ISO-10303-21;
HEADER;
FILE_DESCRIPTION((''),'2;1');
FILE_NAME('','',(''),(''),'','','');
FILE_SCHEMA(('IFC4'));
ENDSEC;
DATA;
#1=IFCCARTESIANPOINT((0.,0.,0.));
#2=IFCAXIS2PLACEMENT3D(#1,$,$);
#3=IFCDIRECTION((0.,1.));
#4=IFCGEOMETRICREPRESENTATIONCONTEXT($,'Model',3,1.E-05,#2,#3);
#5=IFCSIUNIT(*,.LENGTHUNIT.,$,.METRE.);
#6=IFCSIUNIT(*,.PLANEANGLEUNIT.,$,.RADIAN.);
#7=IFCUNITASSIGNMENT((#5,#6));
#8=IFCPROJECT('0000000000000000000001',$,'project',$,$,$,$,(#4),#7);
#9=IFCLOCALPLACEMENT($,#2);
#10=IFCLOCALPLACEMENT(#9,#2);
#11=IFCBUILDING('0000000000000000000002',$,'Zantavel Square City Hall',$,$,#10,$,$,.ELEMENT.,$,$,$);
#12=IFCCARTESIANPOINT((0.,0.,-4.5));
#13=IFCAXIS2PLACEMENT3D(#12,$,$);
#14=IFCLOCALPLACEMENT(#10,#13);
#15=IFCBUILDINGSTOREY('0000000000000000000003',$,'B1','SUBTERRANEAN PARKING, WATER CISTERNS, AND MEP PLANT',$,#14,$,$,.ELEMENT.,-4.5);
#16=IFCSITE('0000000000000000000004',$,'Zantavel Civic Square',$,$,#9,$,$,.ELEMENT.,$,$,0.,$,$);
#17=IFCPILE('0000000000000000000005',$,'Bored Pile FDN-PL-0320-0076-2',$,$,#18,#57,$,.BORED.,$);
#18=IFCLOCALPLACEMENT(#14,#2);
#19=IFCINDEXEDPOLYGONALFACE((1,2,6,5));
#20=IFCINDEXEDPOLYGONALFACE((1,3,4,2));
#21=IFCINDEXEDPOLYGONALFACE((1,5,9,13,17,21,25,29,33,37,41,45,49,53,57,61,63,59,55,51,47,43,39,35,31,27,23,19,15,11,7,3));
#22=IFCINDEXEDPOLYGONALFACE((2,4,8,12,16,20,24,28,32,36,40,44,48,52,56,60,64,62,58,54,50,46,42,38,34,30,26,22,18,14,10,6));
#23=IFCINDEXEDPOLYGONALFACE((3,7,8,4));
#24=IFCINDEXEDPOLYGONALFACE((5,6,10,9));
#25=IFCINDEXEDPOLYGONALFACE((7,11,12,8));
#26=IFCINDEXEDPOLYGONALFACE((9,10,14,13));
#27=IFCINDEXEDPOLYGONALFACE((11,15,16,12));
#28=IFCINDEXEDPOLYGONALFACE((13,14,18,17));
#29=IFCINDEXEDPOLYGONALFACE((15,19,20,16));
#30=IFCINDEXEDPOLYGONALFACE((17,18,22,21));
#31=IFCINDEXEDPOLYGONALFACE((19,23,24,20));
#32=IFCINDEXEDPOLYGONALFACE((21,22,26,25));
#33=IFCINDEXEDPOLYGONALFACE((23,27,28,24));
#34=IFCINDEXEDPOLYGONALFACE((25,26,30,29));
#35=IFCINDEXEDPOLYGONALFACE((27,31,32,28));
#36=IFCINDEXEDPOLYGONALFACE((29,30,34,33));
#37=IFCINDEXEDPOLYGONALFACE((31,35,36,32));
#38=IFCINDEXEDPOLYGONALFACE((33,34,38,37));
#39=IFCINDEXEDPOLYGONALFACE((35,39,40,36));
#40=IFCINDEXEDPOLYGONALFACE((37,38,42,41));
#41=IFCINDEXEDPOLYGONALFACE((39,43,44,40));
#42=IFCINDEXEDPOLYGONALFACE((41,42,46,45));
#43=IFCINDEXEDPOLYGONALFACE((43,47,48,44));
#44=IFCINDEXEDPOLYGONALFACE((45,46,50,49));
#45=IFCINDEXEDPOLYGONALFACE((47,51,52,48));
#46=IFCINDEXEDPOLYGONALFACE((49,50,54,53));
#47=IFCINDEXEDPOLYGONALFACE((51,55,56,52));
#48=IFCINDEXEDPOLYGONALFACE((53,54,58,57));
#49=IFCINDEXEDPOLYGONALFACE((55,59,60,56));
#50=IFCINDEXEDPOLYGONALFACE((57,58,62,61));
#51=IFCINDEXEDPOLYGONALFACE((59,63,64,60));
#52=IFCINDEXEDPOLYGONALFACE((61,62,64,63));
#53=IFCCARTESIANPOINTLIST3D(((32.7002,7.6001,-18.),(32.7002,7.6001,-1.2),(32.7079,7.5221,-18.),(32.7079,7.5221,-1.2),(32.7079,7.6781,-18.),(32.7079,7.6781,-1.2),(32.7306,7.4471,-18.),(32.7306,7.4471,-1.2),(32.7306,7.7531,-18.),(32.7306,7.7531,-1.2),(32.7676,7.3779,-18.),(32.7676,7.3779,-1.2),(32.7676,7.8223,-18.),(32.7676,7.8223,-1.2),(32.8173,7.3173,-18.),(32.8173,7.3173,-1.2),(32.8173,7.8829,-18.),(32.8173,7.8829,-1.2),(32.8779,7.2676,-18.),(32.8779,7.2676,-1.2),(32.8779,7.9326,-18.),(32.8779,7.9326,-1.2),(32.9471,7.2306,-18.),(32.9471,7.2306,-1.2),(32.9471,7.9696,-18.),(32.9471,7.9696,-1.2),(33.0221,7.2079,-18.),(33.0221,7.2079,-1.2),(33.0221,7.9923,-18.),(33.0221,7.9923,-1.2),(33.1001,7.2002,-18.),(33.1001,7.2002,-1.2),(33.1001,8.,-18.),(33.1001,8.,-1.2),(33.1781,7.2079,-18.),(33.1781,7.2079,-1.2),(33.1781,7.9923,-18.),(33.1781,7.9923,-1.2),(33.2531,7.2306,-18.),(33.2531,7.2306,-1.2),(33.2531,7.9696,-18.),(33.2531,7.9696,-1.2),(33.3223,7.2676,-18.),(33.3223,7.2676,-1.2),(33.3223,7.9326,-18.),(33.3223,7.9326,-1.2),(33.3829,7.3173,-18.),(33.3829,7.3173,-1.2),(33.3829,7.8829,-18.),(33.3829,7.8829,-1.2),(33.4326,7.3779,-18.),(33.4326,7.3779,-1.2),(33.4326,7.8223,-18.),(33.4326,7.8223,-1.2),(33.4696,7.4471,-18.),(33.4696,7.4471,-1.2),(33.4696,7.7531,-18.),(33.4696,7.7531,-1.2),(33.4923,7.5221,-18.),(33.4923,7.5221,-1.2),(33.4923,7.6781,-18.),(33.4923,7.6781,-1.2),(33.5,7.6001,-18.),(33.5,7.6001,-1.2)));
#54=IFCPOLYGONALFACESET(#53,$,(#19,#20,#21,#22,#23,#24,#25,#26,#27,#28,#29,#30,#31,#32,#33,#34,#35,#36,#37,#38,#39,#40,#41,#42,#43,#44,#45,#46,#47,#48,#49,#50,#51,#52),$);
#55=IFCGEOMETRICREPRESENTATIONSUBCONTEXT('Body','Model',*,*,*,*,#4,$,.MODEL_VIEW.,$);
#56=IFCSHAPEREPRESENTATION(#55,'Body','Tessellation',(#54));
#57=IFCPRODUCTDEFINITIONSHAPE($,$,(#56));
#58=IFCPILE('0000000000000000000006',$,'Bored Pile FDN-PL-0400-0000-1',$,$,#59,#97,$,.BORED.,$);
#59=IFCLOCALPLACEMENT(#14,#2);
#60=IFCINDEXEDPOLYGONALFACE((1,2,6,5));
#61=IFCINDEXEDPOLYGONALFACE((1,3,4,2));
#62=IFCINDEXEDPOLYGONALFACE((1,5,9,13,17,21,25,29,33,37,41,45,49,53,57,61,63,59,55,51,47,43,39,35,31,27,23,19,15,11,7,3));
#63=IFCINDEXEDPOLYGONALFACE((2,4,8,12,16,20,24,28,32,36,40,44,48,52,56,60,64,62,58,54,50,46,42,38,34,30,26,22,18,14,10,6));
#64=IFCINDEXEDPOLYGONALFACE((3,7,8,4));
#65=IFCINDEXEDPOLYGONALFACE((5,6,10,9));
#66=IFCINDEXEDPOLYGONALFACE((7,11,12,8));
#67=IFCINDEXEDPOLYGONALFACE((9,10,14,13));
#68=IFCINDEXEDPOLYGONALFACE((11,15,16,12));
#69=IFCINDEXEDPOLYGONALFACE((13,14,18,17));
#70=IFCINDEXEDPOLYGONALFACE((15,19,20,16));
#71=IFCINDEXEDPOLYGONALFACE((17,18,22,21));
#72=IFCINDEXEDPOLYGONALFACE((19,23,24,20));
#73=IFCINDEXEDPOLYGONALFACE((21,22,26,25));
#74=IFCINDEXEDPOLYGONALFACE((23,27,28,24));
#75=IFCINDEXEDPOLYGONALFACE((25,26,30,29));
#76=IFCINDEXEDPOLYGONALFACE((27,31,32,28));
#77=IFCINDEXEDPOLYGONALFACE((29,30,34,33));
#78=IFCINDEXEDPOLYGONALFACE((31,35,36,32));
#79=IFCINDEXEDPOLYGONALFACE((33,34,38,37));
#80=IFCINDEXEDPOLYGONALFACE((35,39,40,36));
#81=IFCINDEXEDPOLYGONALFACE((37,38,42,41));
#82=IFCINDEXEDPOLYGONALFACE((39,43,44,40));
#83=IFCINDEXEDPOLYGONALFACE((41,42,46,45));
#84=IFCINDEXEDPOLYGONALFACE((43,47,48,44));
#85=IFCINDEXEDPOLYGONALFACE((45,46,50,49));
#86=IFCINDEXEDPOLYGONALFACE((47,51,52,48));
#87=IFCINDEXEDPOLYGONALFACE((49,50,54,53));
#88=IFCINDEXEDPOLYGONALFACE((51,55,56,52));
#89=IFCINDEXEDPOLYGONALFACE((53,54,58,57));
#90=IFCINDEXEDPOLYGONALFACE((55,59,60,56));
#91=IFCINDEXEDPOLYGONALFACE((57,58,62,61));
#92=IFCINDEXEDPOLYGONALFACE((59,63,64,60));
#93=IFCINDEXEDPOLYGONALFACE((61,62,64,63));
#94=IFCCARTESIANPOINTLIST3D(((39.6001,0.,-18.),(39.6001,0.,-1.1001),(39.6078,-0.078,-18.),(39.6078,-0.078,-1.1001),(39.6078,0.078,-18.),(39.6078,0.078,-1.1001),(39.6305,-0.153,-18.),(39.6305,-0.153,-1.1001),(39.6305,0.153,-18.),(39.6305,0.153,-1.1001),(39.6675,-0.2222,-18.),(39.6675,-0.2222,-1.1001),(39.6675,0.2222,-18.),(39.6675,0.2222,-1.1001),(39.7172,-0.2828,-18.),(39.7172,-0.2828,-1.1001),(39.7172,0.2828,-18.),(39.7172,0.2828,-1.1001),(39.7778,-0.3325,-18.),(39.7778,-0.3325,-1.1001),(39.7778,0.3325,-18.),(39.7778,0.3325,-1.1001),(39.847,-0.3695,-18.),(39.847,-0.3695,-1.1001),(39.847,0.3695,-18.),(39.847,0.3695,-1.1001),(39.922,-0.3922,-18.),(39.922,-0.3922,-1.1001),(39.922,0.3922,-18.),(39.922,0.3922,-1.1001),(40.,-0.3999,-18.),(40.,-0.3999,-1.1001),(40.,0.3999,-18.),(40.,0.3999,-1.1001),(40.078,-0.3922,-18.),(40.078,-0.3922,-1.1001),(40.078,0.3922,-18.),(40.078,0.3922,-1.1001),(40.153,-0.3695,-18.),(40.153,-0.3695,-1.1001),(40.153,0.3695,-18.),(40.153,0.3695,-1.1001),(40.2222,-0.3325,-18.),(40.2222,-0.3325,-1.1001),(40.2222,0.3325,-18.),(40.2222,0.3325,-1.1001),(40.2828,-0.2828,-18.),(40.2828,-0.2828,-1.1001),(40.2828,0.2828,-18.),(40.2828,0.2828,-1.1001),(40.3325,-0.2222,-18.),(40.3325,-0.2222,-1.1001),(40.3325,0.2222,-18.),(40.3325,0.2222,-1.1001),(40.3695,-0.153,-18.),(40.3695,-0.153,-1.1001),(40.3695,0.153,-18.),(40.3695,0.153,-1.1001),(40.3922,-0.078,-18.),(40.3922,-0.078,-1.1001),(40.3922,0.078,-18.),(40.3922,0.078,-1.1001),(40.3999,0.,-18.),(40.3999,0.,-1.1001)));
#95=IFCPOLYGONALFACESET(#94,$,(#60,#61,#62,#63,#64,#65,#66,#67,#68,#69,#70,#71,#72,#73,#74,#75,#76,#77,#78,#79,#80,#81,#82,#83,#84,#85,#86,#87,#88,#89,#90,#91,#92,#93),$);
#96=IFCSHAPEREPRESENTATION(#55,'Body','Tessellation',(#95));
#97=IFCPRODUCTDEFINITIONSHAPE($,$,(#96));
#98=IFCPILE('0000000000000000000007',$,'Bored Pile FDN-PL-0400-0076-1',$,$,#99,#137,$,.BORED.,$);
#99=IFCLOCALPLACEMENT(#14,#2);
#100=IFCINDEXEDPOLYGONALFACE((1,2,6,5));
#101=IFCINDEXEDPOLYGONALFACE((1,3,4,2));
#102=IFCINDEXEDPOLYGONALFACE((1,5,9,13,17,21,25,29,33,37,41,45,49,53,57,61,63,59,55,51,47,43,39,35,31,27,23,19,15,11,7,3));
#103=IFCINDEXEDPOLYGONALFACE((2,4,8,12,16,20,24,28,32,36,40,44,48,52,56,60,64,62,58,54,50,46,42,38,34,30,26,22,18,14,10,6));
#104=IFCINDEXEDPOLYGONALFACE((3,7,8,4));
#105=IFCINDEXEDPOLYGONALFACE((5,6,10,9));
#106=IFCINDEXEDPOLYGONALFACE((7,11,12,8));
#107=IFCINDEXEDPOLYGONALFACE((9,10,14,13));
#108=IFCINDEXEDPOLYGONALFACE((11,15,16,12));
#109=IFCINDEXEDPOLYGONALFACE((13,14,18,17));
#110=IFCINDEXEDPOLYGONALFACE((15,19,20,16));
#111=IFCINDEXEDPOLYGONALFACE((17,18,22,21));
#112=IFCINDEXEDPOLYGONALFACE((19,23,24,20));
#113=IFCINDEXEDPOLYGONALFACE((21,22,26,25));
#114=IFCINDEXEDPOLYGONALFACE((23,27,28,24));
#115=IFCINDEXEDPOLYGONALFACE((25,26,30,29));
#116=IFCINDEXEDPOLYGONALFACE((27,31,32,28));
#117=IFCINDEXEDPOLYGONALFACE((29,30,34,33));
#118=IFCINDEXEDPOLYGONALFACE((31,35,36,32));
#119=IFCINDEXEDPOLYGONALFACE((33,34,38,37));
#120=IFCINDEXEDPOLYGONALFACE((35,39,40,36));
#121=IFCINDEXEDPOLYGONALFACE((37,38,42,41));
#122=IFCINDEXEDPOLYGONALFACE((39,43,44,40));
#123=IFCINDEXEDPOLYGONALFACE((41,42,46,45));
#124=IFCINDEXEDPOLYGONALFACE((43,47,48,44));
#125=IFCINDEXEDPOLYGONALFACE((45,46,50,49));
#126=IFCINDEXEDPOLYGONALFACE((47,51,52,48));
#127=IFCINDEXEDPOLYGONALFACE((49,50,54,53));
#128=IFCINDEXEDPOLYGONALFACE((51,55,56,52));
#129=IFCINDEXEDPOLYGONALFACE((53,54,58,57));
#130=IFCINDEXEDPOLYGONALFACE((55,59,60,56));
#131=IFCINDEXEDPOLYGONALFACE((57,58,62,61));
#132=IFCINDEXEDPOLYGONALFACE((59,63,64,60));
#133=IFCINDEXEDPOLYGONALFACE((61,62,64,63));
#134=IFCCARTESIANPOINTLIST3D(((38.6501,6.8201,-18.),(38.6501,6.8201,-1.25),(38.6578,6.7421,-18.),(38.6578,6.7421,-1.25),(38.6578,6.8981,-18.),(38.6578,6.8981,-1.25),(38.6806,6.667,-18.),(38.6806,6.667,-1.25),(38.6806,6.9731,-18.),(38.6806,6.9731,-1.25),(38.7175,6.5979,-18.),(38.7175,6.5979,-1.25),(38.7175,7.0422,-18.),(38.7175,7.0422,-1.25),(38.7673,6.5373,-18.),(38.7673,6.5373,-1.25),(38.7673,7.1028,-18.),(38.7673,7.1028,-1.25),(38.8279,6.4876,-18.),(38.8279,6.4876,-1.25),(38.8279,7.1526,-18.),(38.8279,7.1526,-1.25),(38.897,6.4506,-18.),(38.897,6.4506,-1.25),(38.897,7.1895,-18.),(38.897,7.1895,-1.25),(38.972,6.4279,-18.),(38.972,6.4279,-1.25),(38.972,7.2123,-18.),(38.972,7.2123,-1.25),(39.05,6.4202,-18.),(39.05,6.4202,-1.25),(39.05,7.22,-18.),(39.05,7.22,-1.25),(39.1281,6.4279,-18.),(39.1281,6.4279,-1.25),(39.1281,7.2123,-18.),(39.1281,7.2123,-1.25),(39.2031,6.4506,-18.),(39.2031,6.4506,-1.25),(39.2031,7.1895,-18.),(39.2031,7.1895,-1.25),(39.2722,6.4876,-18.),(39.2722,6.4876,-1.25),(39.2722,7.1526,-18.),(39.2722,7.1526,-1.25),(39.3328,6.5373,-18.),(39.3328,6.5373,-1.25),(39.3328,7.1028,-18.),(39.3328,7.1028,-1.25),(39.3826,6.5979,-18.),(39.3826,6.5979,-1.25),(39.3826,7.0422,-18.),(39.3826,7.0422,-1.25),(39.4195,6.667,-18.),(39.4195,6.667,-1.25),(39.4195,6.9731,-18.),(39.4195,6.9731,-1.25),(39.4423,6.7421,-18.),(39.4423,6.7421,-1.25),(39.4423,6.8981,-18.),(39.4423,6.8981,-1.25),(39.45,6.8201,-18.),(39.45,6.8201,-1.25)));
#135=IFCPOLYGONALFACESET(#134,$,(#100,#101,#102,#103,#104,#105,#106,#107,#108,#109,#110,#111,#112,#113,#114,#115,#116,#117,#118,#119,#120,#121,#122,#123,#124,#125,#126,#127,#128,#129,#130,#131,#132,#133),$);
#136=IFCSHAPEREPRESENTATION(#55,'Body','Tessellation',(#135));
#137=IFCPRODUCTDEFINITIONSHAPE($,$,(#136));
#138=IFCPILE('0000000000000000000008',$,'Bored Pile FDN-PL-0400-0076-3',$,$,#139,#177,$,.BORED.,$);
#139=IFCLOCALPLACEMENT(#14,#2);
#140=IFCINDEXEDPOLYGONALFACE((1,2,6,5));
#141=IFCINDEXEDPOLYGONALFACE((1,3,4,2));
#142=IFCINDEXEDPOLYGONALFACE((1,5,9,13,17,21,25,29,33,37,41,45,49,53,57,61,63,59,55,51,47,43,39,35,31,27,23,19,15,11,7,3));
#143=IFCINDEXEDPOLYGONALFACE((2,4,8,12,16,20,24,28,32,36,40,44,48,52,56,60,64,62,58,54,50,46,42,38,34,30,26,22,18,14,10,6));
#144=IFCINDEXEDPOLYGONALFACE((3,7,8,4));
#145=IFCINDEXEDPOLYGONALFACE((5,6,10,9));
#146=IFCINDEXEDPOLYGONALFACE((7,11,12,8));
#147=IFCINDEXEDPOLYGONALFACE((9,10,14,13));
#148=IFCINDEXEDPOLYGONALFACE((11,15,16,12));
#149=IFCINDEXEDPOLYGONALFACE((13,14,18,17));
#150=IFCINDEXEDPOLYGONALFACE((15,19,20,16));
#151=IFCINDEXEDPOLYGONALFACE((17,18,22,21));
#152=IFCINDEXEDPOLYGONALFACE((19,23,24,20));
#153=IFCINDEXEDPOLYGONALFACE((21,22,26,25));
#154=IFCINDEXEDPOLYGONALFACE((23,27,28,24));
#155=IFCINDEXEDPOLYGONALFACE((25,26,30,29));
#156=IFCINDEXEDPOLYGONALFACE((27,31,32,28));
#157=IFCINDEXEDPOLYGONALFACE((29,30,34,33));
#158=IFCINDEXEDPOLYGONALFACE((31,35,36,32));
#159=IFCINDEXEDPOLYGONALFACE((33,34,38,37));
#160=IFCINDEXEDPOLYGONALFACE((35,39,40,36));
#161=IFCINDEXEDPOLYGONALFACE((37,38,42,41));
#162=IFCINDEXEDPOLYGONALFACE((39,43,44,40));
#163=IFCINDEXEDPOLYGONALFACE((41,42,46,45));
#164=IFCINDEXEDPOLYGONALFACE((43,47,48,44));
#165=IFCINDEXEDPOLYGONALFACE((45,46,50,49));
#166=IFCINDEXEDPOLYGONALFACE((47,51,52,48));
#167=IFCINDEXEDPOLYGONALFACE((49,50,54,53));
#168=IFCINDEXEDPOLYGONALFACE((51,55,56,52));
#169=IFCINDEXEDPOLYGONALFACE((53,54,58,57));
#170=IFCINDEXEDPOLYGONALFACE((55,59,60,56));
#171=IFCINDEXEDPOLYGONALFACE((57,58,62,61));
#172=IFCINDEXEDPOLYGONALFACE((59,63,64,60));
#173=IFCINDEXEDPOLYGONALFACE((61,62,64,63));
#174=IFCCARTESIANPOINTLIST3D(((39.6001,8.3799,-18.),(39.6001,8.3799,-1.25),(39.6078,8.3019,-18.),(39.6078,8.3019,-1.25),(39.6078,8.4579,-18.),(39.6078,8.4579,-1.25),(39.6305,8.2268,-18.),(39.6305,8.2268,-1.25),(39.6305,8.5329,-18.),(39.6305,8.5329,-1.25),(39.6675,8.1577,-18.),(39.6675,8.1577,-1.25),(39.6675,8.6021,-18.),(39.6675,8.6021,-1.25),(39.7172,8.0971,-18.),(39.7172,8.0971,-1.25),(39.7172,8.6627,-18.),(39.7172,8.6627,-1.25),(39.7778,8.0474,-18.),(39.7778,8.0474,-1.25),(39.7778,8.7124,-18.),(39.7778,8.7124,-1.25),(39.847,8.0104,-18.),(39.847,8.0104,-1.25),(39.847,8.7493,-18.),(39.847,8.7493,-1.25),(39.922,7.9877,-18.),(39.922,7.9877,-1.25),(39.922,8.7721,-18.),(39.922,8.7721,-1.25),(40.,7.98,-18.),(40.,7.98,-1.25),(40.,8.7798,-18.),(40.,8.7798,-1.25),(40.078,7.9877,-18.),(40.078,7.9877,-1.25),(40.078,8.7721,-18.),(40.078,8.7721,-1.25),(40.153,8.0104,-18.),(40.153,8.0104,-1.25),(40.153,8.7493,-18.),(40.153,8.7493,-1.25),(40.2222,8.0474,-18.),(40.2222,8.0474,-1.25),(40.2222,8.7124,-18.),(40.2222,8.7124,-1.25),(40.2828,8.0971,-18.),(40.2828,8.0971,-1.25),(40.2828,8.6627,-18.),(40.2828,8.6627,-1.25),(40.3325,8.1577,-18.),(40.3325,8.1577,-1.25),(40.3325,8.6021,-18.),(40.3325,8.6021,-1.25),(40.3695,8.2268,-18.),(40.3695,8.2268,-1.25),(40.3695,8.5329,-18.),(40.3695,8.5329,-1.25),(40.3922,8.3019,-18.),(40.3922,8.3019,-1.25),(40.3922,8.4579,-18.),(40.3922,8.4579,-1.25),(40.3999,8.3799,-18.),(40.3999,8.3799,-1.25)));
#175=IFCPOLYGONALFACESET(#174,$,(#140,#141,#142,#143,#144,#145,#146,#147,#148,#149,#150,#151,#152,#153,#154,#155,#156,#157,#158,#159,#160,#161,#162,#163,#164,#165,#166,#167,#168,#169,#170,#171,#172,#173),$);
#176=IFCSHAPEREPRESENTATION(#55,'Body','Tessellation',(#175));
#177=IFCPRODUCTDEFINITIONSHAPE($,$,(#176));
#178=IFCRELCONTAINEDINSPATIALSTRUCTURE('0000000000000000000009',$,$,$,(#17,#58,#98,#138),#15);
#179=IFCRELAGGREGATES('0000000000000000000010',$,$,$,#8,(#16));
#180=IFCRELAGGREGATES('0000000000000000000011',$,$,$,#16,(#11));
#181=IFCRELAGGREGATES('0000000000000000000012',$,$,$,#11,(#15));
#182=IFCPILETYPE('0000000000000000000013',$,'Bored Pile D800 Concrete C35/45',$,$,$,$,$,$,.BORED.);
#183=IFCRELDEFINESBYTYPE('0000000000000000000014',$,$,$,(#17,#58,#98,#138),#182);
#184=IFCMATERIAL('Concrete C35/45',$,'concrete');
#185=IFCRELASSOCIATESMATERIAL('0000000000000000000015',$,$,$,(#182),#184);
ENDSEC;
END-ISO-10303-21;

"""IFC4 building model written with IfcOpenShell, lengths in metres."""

from ifc_helpers import new_model, si_unit, direction, frame, origin, origin_2d, place, context, subcontext, project, spatial, circle, extrude, material, material_profile, profile_set, type_object, element, save


model = new_model("IFC4")

# Units and contexts
model_context = context("Model", 3, precision=1e-05, world=origin(), true_north=direction((0.0, 1.0)))
body_context = subcontext(model_context, "Body", "Model", "MODEL_VIEW")
ifc_project = project(units=[si_unit("LENGTHUNIT", "METRE"), si_unit("PLANEANGLEUNIT", "RADIAN")], contexts=[model_context])

# Site, building, storey
site_placement = place(None, origin())
site = spatial("IfcSite", under=ifc_project, at=site_placement, Name="Zantavel Civic Square", CompositionType="ELEMENT", RefElevation=0.0)
building_placement = place(site_placement, origin())
building = spatial("IfcBuilding", under=site, at=building_placement, Name="Zantavel Square City Hall", CompositionType="ELEMENT")
storey_placement = place(building_placement, frame((0.0, 0.0, -4.5)))
storey = spatial("IfcBuildingStorey", under=building, at=storey_placement, Name="B1", Description="SUBTERRANEAN PARKING, WATER CISTERNS, AND MEP PLANT", CompositionType="ELEMENT", Elevation=-4.5)

# Piles
ifc_material_1 = material(Name="Concrete C35/45", Category="concrete")
ifc_material_profile_1 = material_profile(ifc_material_1, circle(Radius=0.3999, at=origin_2d()), Name="PILE D800")
ifc_profile_set_1 = profile_set([ifc_material_profile_1], Name="Concrete C35/45")
pile_type = type_object("IfcPileType", Name="Bored Pile D800 Concrete C35/45", PredefinedType="BORED", material=ifc_profile_set_1)
pile_1_placement = place(storey_placement, frame((33.1001, 7.6001, -1.2), z_axis=(0.0, 0.0, -1.0), x_axis=(1.0, 0.0, 0.0)))
element("IfcPile", 1, at=pile_1_placement, inside=storey, type_object=pile_type, Name="Bored Pile FDN-PL-0320-0076-2", PredefinedType="BORED", context=body_context, shape_type="SweptSolid", body=[
    extrude(circle(Radius=0.3999, at=origin_2d()), origin(), (0.0, 0.0, 1.0), 16.8),
])
pile_2_placement = place(storey_placement, frame((40.0, 0.0, -1.1001), z_axis=(0.0, 0.0, -1.0), x_axis=(1.0, 0.0, 0.0)))
element("IfcPile", 2, at=pile_2_placement, inside=storey, type_object=pile_type, Name="Bored Pile FDN-PL-0400-0000-1", PredefinedType="BORED", context=body_context, shape_type="SweptSolid", body=[
    extrude(circle(Radius=0.3999, at=origin_2d()), origin(), (0.0, 0.0, 1.0), 16.8999),
])
for number, where, z_axis, x_axis, name in (
    (3, (39.05, 6.8201, -1.25), (0.0, 0.0, -1.0), (1.0, 0.0, 0.0), "Bored Pile FDN-PL-0400-0076-1"),
    (4, (40.0, 8.3799, -1.25), (0.0, 0.0, -1.0), (1.0, 0.0, 0.0), "Bored Pile FDN-PL-0400-0076-3"),
):
    element("IfcPile", number, at=place(storey_placement, frame(where, z_axis=z_axis, x_axis=x_axis)), inside=storey, type_object=pile_type, Name=name, PredefinedType="BORED", context=body_context, shape_type="SweptSolid", body=[
        extrude(circle(Radius=0.3999, at=origin_2d()), origin(), (0.0, 0.0, 1.0), 16.75),
    ])

save(model, "model.ifc")
